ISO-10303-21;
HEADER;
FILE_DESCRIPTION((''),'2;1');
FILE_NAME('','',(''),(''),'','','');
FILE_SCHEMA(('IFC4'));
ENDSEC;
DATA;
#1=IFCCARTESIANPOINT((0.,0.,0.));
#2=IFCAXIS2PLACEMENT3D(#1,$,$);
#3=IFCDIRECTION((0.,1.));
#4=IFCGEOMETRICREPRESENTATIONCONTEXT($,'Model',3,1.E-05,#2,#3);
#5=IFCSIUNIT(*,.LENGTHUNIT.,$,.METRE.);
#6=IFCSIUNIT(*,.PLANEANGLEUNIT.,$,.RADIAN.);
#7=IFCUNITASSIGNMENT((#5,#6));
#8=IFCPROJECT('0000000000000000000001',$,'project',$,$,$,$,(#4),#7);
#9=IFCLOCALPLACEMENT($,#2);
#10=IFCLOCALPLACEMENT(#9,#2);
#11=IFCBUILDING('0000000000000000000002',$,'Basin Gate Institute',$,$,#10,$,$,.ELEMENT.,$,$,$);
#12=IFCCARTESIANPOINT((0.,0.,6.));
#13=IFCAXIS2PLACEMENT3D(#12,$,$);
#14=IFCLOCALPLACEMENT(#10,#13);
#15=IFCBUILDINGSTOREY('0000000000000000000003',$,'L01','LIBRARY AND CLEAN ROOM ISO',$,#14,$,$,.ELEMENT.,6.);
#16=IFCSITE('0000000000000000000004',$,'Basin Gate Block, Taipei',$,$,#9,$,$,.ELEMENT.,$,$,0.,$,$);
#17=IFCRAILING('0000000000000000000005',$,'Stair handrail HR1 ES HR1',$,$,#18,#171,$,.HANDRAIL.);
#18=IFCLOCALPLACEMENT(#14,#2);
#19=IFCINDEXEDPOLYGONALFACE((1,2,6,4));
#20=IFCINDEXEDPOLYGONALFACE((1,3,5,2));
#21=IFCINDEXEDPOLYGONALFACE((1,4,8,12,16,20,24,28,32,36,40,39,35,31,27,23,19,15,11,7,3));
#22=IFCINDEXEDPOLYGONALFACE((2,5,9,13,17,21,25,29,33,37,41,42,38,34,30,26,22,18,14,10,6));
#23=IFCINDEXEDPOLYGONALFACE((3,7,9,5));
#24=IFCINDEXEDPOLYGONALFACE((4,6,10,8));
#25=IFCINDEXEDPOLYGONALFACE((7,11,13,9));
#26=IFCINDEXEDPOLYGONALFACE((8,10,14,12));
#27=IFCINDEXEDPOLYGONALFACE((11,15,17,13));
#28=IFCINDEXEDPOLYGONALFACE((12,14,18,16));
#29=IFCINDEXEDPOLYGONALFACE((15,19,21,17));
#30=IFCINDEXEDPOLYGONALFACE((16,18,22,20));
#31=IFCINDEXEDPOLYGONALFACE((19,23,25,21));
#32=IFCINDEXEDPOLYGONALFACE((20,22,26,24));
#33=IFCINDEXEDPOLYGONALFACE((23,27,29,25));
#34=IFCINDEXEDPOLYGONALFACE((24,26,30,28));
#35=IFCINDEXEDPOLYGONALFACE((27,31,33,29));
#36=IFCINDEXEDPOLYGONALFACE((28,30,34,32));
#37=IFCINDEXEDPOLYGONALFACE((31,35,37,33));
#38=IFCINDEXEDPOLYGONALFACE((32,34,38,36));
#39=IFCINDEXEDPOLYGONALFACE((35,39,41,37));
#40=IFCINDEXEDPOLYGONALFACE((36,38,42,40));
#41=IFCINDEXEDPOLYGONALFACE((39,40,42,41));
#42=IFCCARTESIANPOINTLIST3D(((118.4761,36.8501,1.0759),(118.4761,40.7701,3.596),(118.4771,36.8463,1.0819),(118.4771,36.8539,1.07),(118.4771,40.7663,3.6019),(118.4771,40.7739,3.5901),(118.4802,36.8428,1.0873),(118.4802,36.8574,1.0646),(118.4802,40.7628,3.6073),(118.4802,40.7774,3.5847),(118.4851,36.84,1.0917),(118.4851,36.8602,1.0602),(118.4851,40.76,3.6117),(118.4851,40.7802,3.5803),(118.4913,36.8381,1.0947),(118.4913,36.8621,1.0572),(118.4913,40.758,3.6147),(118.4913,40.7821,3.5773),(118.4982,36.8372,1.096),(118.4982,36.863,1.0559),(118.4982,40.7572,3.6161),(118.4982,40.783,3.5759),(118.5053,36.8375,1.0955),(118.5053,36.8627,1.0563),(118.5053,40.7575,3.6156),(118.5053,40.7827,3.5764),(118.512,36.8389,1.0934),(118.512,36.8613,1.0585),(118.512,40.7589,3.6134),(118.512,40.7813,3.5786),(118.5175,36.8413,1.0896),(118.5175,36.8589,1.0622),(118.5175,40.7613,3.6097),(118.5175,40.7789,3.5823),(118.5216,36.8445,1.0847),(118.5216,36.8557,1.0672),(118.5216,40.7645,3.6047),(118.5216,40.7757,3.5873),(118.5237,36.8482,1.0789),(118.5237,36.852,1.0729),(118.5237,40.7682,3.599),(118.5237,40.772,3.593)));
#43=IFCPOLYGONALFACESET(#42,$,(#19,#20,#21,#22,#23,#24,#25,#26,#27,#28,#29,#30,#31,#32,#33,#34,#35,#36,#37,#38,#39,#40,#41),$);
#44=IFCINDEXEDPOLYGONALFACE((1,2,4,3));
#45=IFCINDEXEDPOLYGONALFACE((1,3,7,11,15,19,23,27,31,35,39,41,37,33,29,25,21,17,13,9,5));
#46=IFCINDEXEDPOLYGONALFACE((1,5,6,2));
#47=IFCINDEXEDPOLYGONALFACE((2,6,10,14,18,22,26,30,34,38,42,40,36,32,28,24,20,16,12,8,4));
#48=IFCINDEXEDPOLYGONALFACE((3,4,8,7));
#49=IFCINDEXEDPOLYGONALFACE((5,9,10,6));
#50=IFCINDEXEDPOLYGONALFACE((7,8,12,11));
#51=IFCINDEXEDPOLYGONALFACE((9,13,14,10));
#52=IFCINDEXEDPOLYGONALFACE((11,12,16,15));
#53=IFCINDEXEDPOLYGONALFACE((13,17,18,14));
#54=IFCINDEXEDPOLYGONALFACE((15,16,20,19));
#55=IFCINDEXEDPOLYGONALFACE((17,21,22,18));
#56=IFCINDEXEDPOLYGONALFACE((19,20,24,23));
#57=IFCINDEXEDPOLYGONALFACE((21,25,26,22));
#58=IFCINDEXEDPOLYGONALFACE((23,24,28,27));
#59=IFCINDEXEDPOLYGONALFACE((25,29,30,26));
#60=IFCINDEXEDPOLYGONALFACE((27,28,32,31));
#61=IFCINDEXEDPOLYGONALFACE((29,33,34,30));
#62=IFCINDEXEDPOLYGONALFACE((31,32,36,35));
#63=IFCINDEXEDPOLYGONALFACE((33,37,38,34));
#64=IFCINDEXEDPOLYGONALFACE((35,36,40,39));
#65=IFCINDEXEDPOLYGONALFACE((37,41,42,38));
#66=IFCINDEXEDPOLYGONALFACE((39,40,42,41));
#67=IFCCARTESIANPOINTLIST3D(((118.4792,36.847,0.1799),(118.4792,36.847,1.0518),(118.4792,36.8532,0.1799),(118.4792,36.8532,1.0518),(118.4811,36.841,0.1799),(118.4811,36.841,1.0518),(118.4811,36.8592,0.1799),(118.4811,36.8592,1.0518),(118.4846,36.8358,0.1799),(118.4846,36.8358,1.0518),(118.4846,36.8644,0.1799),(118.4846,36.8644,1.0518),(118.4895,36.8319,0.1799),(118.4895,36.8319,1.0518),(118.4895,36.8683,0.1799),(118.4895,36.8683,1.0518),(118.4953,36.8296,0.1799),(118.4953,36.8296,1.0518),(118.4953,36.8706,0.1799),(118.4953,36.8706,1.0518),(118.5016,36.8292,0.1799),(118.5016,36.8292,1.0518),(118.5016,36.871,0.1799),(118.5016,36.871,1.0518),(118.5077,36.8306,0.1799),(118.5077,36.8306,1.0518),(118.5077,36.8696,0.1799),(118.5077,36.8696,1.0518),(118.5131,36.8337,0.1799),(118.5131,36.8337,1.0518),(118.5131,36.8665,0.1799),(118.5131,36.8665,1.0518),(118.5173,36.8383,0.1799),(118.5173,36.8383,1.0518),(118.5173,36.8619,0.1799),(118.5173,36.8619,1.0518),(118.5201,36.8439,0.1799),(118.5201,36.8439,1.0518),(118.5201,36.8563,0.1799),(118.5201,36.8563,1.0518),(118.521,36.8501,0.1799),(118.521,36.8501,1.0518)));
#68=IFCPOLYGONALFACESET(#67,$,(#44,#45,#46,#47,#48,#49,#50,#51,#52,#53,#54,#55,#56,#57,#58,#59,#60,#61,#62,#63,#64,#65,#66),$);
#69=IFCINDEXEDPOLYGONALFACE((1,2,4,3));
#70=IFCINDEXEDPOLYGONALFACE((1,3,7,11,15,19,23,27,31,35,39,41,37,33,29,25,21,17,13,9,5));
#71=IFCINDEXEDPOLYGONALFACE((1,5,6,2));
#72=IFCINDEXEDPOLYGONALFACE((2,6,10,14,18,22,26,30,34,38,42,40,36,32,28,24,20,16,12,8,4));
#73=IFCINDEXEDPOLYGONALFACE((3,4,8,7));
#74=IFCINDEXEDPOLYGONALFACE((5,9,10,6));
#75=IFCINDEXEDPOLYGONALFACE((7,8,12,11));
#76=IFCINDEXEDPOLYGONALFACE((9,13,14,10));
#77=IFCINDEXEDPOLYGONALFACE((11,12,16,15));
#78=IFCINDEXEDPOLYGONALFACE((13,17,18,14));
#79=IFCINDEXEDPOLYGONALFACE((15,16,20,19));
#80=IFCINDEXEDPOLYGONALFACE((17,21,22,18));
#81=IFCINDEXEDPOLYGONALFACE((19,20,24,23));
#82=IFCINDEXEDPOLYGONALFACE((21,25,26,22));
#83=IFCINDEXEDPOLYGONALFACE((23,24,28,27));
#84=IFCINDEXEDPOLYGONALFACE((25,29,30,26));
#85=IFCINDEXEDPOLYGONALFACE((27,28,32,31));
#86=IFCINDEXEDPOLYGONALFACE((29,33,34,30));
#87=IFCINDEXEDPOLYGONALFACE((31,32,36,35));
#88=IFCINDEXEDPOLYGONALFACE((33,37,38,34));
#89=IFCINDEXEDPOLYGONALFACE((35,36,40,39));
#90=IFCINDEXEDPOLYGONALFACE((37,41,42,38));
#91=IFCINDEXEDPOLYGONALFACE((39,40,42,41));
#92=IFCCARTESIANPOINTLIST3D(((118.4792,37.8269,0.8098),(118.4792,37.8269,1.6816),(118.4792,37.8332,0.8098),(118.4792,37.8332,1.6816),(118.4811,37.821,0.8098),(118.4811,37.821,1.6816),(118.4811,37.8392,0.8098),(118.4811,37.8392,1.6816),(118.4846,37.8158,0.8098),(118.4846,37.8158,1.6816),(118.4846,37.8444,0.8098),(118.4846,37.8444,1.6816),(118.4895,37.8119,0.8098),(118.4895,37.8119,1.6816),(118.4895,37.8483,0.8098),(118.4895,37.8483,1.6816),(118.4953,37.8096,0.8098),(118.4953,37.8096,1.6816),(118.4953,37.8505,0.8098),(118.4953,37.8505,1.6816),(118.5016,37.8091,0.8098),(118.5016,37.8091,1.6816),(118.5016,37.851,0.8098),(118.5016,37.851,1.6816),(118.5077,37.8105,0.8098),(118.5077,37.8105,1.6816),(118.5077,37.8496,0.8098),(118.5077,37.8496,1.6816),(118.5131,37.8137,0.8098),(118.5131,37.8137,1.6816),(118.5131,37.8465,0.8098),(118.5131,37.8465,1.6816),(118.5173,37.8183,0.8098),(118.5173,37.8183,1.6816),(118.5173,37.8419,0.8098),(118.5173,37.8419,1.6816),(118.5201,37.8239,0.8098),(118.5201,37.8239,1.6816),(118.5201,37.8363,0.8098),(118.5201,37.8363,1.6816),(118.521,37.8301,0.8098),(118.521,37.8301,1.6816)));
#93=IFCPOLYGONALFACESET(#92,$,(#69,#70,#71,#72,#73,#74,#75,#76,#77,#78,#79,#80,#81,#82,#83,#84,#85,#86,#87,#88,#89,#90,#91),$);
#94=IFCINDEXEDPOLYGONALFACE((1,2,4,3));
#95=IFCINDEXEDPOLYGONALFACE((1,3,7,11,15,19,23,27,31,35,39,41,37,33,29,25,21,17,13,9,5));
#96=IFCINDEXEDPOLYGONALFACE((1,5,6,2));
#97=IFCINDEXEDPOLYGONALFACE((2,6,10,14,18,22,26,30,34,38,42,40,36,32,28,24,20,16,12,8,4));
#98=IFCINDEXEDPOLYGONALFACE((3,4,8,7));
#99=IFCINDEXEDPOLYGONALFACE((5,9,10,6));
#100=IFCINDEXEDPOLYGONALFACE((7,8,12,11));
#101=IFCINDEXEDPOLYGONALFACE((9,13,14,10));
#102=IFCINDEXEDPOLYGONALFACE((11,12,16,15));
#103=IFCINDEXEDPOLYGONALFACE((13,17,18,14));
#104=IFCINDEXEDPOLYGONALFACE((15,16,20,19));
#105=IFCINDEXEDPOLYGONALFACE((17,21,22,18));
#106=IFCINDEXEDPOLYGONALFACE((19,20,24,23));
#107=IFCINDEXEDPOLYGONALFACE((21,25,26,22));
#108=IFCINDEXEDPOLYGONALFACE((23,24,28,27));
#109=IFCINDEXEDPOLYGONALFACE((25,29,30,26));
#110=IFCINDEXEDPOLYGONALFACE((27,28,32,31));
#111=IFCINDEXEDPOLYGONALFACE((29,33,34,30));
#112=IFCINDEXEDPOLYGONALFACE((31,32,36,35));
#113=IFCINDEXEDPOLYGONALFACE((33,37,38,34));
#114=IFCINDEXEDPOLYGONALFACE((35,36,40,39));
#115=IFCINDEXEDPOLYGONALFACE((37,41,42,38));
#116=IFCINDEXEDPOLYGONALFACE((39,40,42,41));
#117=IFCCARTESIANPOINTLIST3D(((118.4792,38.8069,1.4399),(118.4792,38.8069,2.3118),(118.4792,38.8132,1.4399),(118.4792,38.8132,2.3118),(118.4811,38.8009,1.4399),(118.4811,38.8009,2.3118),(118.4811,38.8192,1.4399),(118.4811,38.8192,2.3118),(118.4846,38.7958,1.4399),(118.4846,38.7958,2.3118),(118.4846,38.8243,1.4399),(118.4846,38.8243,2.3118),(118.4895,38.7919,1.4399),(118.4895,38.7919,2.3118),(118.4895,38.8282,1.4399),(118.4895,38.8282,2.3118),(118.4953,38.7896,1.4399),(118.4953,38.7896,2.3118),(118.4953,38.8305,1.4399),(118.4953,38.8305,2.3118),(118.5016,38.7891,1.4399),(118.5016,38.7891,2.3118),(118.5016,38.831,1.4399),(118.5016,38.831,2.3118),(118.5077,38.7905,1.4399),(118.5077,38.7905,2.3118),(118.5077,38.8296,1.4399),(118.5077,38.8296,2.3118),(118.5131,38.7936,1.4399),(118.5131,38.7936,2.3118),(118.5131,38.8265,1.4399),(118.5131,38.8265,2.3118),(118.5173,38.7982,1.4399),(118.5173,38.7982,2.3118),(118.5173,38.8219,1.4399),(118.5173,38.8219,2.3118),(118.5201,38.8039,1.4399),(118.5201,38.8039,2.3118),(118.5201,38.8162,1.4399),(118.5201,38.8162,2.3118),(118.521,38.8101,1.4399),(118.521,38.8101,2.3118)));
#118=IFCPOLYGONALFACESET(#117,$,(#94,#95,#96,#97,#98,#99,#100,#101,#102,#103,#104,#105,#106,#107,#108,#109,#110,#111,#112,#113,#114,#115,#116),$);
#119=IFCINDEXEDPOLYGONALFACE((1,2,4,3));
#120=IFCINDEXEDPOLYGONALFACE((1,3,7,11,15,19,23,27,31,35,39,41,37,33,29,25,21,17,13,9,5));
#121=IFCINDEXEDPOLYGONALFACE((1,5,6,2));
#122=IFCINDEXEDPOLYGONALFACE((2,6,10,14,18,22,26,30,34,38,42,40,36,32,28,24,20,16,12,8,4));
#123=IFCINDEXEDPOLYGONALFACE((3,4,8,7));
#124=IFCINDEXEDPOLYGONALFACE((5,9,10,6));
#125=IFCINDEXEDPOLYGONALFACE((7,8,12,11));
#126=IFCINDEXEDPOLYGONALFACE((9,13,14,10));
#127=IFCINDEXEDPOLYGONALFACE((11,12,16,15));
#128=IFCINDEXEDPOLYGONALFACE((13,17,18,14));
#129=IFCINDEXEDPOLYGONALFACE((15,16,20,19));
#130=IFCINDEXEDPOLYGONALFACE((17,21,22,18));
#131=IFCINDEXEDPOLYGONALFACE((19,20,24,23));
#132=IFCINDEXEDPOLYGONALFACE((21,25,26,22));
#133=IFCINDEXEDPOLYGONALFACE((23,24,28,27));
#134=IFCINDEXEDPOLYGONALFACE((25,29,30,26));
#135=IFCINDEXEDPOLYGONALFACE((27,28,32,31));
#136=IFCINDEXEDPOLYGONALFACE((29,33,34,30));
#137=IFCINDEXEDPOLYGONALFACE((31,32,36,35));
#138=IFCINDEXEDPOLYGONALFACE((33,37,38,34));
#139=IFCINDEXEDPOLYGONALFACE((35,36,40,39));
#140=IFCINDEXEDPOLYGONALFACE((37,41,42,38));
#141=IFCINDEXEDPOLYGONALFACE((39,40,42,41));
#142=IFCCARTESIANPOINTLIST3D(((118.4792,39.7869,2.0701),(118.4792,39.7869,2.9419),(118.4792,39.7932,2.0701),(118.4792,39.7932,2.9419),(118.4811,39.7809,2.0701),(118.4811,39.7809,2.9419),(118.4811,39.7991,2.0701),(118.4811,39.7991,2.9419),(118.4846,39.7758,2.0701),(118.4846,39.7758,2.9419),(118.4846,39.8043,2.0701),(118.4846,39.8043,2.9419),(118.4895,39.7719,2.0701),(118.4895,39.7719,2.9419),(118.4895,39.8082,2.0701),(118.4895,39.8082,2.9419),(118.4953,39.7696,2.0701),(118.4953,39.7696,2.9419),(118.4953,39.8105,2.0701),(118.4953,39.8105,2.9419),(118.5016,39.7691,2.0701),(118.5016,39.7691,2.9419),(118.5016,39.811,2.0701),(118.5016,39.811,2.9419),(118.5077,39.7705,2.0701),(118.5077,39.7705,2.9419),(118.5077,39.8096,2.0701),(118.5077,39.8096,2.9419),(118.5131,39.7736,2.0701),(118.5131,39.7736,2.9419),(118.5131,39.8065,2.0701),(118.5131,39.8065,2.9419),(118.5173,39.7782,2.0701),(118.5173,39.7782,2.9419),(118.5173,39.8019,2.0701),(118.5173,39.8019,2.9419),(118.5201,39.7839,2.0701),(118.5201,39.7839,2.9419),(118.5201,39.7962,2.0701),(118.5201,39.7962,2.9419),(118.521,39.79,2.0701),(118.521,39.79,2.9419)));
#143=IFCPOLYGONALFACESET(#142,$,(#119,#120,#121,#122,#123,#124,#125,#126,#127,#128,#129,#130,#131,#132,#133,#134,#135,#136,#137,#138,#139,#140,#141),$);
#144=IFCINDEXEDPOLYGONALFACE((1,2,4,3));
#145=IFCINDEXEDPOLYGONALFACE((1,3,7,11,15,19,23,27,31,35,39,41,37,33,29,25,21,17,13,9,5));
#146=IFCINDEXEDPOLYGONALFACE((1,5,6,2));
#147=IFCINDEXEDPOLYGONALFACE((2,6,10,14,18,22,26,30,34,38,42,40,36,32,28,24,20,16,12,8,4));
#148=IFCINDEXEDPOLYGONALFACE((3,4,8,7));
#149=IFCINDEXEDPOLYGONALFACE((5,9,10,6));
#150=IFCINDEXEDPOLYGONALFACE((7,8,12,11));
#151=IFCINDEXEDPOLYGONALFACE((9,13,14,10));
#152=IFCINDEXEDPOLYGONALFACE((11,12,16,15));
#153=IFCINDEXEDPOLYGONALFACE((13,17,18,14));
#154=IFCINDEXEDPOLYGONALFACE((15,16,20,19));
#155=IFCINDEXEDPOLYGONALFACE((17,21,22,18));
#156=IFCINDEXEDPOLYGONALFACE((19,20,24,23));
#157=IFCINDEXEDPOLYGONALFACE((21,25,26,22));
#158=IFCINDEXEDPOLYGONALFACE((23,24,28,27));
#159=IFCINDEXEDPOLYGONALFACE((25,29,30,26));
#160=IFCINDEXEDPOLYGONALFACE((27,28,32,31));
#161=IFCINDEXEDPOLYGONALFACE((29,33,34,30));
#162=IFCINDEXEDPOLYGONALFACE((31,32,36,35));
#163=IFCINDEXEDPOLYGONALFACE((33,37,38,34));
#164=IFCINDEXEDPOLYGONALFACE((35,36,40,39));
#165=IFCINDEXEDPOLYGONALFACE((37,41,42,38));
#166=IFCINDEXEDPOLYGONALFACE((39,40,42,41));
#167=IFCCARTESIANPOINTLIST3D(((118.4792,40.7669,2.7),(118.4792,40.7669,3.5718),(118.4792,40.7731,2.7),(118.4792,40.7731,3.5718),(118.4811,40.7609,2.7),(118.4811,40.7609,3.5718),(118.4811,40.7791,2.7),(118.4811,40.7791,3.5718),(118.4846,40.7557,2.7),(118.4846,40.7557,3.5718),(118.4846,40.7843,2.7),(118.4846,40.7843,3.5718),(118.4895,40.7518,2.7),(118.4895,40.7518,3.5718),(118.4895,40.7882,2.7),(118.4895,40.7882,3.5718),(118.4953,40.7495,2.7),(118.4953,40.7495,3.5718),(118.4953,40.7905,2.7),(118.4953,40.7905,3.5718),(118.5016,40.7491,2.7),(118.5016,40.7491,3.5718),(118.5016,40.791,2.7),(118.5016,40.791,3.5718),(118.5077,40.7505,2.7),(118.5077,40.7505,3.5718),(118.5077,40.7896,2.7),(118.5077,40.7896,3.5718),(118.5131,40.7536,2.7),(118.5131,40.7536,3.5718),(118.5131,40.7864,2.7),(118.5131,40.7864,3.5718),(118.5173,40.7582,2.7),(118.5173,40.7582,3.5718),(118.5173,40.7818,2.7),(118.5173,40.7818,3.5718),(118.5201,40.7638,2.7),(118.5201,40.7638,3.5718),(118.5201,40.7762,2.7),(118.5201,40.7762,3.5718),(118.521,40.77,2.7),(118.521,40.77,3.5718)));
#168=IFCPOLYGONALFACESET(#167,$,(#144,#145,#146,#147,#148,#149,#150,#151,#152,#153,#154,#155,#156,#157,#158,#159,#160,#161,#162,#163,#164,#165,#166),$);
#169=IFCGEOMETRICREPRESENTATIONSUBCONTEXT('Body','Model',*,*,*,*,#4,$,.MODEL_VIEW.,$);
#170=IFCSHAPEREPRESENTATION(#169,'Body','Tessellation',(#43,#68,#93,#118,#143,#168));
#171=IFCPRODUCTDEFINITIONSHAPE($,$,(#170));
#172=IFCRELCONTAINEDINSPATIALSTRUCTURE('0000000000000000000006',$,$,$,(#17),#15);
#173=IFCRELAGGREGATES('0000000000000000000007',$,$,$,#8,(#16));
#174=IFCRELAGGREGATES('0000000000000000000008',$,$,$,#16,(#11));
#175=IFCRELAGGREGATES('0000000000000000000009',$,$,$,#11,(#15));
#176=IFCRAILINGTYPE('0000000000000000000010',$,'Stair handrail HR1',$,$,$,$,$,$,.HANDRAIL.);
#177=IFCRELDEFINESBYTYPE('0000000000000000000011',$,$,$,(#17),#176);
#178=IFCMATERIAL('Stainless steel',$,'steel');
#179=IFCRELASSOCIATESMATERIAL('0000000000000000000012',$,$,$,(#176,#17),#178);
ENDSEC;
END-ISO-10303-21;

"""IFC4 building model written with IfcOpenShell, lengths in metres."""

from ifc_helpers import new_model, si_unit, direction, frame, origin, origin_2d, place, context, subcontext, project, spatial, circle, extrude, material, type_object, element, save


model = new_model("IFC4")

# Units and contexts
model_context = context("Model", 3, precision=1e-05, world=origin(), true_north=direction((0.0, 1.0)))
body_context = subcontext(model_context, "Body", "Model", "MODEL_VIEW")
ifc_project = project(units=[si_unit("LENGTHUNIT", "METRE"), si_unit("PLANEANGLEUNIT", "RADIAN")], contexts=[model_context])

# Site, building, storey
site_placement = place(None, origin())
site = spatial("IfcSite", under=ifc_project, at=site_placement, Name="Basin Gate Block, Taipei", CompositionType="ELEMENT", RefElevation=0.0)
building_placement = place(site_placement, origin())
building = spatial("IfcBuilding", under=site, at=building_placement, Name="Basin Gate Institute", CompositionType="ELEMENT")
storey_placement = place(building_placement, frame((0.0, 0.0, 6.0)))
storey = spatial("IfcBuildingStorey", under=building, at=storey_placement, Name="L01", Description="LIBRARY AND CLEAN ROOM ISO", CompositionType="ELEMENT", Elevation=6.0)

# Railing
ifc_material_1 = material(Name="Stainless steel", Category="steel")
railing_type_1 = type_object("IfcRailingType", Name="Stair handrail HR1", PredefinedType="HANDRAIL", material=ifc_material_1)
railing_1_placement = place(storey_placement, frame((118.5, 36.8501, 0.1799)))
element("IfcRailing", 1, at=railing_1_placement, inside=storey, type_object=railing_type_1, material=ifc_material_1, Name="Stair handrail HR1 ES HR1", PredefinedType="HANDRAIL", context=body_context, shape_type="SweptSolid", body=[
    extrude(circle(Radius=0.0239, at=origin_2d()), frame((0.0, 0.0, 0.896), z_axis=(0.0, 0.841172, 0.540768), x_axis=(-1.0, 0.0, 0.0)), (0.0, 0.0, 1.0), 4.6602),
    extrude(circle(Radius=0.021, at=origin_2d()), origin(), (0.0, 0.0, 1.0), 0.8718),
    extrude(circle(Radius=0.021, at=origin_2d()), frame((0.0, 0.98, 0.6299)), (0.0, 0.0, 1.0), 0.8718),
    extrude(circle(Radius=0.021, at=origin_2d()), frame((0.0, 1.96, 1.26)), (0.0, 0.0, 1.0), 0.8718),
    extrude(circle(Radius=0.021, at=origin_2d()), frame((0.0, 2.9399, 1.8901)), (0.0, 0.0, 1.0), 0.8718),
    extrude(circle(Radius=0.021, at=origin_2d()), frame((0.0, 3.9199, 2.52)), (0.0, 0.0, 1.0), 0.8718),
])

save(model, "model.ifc")
